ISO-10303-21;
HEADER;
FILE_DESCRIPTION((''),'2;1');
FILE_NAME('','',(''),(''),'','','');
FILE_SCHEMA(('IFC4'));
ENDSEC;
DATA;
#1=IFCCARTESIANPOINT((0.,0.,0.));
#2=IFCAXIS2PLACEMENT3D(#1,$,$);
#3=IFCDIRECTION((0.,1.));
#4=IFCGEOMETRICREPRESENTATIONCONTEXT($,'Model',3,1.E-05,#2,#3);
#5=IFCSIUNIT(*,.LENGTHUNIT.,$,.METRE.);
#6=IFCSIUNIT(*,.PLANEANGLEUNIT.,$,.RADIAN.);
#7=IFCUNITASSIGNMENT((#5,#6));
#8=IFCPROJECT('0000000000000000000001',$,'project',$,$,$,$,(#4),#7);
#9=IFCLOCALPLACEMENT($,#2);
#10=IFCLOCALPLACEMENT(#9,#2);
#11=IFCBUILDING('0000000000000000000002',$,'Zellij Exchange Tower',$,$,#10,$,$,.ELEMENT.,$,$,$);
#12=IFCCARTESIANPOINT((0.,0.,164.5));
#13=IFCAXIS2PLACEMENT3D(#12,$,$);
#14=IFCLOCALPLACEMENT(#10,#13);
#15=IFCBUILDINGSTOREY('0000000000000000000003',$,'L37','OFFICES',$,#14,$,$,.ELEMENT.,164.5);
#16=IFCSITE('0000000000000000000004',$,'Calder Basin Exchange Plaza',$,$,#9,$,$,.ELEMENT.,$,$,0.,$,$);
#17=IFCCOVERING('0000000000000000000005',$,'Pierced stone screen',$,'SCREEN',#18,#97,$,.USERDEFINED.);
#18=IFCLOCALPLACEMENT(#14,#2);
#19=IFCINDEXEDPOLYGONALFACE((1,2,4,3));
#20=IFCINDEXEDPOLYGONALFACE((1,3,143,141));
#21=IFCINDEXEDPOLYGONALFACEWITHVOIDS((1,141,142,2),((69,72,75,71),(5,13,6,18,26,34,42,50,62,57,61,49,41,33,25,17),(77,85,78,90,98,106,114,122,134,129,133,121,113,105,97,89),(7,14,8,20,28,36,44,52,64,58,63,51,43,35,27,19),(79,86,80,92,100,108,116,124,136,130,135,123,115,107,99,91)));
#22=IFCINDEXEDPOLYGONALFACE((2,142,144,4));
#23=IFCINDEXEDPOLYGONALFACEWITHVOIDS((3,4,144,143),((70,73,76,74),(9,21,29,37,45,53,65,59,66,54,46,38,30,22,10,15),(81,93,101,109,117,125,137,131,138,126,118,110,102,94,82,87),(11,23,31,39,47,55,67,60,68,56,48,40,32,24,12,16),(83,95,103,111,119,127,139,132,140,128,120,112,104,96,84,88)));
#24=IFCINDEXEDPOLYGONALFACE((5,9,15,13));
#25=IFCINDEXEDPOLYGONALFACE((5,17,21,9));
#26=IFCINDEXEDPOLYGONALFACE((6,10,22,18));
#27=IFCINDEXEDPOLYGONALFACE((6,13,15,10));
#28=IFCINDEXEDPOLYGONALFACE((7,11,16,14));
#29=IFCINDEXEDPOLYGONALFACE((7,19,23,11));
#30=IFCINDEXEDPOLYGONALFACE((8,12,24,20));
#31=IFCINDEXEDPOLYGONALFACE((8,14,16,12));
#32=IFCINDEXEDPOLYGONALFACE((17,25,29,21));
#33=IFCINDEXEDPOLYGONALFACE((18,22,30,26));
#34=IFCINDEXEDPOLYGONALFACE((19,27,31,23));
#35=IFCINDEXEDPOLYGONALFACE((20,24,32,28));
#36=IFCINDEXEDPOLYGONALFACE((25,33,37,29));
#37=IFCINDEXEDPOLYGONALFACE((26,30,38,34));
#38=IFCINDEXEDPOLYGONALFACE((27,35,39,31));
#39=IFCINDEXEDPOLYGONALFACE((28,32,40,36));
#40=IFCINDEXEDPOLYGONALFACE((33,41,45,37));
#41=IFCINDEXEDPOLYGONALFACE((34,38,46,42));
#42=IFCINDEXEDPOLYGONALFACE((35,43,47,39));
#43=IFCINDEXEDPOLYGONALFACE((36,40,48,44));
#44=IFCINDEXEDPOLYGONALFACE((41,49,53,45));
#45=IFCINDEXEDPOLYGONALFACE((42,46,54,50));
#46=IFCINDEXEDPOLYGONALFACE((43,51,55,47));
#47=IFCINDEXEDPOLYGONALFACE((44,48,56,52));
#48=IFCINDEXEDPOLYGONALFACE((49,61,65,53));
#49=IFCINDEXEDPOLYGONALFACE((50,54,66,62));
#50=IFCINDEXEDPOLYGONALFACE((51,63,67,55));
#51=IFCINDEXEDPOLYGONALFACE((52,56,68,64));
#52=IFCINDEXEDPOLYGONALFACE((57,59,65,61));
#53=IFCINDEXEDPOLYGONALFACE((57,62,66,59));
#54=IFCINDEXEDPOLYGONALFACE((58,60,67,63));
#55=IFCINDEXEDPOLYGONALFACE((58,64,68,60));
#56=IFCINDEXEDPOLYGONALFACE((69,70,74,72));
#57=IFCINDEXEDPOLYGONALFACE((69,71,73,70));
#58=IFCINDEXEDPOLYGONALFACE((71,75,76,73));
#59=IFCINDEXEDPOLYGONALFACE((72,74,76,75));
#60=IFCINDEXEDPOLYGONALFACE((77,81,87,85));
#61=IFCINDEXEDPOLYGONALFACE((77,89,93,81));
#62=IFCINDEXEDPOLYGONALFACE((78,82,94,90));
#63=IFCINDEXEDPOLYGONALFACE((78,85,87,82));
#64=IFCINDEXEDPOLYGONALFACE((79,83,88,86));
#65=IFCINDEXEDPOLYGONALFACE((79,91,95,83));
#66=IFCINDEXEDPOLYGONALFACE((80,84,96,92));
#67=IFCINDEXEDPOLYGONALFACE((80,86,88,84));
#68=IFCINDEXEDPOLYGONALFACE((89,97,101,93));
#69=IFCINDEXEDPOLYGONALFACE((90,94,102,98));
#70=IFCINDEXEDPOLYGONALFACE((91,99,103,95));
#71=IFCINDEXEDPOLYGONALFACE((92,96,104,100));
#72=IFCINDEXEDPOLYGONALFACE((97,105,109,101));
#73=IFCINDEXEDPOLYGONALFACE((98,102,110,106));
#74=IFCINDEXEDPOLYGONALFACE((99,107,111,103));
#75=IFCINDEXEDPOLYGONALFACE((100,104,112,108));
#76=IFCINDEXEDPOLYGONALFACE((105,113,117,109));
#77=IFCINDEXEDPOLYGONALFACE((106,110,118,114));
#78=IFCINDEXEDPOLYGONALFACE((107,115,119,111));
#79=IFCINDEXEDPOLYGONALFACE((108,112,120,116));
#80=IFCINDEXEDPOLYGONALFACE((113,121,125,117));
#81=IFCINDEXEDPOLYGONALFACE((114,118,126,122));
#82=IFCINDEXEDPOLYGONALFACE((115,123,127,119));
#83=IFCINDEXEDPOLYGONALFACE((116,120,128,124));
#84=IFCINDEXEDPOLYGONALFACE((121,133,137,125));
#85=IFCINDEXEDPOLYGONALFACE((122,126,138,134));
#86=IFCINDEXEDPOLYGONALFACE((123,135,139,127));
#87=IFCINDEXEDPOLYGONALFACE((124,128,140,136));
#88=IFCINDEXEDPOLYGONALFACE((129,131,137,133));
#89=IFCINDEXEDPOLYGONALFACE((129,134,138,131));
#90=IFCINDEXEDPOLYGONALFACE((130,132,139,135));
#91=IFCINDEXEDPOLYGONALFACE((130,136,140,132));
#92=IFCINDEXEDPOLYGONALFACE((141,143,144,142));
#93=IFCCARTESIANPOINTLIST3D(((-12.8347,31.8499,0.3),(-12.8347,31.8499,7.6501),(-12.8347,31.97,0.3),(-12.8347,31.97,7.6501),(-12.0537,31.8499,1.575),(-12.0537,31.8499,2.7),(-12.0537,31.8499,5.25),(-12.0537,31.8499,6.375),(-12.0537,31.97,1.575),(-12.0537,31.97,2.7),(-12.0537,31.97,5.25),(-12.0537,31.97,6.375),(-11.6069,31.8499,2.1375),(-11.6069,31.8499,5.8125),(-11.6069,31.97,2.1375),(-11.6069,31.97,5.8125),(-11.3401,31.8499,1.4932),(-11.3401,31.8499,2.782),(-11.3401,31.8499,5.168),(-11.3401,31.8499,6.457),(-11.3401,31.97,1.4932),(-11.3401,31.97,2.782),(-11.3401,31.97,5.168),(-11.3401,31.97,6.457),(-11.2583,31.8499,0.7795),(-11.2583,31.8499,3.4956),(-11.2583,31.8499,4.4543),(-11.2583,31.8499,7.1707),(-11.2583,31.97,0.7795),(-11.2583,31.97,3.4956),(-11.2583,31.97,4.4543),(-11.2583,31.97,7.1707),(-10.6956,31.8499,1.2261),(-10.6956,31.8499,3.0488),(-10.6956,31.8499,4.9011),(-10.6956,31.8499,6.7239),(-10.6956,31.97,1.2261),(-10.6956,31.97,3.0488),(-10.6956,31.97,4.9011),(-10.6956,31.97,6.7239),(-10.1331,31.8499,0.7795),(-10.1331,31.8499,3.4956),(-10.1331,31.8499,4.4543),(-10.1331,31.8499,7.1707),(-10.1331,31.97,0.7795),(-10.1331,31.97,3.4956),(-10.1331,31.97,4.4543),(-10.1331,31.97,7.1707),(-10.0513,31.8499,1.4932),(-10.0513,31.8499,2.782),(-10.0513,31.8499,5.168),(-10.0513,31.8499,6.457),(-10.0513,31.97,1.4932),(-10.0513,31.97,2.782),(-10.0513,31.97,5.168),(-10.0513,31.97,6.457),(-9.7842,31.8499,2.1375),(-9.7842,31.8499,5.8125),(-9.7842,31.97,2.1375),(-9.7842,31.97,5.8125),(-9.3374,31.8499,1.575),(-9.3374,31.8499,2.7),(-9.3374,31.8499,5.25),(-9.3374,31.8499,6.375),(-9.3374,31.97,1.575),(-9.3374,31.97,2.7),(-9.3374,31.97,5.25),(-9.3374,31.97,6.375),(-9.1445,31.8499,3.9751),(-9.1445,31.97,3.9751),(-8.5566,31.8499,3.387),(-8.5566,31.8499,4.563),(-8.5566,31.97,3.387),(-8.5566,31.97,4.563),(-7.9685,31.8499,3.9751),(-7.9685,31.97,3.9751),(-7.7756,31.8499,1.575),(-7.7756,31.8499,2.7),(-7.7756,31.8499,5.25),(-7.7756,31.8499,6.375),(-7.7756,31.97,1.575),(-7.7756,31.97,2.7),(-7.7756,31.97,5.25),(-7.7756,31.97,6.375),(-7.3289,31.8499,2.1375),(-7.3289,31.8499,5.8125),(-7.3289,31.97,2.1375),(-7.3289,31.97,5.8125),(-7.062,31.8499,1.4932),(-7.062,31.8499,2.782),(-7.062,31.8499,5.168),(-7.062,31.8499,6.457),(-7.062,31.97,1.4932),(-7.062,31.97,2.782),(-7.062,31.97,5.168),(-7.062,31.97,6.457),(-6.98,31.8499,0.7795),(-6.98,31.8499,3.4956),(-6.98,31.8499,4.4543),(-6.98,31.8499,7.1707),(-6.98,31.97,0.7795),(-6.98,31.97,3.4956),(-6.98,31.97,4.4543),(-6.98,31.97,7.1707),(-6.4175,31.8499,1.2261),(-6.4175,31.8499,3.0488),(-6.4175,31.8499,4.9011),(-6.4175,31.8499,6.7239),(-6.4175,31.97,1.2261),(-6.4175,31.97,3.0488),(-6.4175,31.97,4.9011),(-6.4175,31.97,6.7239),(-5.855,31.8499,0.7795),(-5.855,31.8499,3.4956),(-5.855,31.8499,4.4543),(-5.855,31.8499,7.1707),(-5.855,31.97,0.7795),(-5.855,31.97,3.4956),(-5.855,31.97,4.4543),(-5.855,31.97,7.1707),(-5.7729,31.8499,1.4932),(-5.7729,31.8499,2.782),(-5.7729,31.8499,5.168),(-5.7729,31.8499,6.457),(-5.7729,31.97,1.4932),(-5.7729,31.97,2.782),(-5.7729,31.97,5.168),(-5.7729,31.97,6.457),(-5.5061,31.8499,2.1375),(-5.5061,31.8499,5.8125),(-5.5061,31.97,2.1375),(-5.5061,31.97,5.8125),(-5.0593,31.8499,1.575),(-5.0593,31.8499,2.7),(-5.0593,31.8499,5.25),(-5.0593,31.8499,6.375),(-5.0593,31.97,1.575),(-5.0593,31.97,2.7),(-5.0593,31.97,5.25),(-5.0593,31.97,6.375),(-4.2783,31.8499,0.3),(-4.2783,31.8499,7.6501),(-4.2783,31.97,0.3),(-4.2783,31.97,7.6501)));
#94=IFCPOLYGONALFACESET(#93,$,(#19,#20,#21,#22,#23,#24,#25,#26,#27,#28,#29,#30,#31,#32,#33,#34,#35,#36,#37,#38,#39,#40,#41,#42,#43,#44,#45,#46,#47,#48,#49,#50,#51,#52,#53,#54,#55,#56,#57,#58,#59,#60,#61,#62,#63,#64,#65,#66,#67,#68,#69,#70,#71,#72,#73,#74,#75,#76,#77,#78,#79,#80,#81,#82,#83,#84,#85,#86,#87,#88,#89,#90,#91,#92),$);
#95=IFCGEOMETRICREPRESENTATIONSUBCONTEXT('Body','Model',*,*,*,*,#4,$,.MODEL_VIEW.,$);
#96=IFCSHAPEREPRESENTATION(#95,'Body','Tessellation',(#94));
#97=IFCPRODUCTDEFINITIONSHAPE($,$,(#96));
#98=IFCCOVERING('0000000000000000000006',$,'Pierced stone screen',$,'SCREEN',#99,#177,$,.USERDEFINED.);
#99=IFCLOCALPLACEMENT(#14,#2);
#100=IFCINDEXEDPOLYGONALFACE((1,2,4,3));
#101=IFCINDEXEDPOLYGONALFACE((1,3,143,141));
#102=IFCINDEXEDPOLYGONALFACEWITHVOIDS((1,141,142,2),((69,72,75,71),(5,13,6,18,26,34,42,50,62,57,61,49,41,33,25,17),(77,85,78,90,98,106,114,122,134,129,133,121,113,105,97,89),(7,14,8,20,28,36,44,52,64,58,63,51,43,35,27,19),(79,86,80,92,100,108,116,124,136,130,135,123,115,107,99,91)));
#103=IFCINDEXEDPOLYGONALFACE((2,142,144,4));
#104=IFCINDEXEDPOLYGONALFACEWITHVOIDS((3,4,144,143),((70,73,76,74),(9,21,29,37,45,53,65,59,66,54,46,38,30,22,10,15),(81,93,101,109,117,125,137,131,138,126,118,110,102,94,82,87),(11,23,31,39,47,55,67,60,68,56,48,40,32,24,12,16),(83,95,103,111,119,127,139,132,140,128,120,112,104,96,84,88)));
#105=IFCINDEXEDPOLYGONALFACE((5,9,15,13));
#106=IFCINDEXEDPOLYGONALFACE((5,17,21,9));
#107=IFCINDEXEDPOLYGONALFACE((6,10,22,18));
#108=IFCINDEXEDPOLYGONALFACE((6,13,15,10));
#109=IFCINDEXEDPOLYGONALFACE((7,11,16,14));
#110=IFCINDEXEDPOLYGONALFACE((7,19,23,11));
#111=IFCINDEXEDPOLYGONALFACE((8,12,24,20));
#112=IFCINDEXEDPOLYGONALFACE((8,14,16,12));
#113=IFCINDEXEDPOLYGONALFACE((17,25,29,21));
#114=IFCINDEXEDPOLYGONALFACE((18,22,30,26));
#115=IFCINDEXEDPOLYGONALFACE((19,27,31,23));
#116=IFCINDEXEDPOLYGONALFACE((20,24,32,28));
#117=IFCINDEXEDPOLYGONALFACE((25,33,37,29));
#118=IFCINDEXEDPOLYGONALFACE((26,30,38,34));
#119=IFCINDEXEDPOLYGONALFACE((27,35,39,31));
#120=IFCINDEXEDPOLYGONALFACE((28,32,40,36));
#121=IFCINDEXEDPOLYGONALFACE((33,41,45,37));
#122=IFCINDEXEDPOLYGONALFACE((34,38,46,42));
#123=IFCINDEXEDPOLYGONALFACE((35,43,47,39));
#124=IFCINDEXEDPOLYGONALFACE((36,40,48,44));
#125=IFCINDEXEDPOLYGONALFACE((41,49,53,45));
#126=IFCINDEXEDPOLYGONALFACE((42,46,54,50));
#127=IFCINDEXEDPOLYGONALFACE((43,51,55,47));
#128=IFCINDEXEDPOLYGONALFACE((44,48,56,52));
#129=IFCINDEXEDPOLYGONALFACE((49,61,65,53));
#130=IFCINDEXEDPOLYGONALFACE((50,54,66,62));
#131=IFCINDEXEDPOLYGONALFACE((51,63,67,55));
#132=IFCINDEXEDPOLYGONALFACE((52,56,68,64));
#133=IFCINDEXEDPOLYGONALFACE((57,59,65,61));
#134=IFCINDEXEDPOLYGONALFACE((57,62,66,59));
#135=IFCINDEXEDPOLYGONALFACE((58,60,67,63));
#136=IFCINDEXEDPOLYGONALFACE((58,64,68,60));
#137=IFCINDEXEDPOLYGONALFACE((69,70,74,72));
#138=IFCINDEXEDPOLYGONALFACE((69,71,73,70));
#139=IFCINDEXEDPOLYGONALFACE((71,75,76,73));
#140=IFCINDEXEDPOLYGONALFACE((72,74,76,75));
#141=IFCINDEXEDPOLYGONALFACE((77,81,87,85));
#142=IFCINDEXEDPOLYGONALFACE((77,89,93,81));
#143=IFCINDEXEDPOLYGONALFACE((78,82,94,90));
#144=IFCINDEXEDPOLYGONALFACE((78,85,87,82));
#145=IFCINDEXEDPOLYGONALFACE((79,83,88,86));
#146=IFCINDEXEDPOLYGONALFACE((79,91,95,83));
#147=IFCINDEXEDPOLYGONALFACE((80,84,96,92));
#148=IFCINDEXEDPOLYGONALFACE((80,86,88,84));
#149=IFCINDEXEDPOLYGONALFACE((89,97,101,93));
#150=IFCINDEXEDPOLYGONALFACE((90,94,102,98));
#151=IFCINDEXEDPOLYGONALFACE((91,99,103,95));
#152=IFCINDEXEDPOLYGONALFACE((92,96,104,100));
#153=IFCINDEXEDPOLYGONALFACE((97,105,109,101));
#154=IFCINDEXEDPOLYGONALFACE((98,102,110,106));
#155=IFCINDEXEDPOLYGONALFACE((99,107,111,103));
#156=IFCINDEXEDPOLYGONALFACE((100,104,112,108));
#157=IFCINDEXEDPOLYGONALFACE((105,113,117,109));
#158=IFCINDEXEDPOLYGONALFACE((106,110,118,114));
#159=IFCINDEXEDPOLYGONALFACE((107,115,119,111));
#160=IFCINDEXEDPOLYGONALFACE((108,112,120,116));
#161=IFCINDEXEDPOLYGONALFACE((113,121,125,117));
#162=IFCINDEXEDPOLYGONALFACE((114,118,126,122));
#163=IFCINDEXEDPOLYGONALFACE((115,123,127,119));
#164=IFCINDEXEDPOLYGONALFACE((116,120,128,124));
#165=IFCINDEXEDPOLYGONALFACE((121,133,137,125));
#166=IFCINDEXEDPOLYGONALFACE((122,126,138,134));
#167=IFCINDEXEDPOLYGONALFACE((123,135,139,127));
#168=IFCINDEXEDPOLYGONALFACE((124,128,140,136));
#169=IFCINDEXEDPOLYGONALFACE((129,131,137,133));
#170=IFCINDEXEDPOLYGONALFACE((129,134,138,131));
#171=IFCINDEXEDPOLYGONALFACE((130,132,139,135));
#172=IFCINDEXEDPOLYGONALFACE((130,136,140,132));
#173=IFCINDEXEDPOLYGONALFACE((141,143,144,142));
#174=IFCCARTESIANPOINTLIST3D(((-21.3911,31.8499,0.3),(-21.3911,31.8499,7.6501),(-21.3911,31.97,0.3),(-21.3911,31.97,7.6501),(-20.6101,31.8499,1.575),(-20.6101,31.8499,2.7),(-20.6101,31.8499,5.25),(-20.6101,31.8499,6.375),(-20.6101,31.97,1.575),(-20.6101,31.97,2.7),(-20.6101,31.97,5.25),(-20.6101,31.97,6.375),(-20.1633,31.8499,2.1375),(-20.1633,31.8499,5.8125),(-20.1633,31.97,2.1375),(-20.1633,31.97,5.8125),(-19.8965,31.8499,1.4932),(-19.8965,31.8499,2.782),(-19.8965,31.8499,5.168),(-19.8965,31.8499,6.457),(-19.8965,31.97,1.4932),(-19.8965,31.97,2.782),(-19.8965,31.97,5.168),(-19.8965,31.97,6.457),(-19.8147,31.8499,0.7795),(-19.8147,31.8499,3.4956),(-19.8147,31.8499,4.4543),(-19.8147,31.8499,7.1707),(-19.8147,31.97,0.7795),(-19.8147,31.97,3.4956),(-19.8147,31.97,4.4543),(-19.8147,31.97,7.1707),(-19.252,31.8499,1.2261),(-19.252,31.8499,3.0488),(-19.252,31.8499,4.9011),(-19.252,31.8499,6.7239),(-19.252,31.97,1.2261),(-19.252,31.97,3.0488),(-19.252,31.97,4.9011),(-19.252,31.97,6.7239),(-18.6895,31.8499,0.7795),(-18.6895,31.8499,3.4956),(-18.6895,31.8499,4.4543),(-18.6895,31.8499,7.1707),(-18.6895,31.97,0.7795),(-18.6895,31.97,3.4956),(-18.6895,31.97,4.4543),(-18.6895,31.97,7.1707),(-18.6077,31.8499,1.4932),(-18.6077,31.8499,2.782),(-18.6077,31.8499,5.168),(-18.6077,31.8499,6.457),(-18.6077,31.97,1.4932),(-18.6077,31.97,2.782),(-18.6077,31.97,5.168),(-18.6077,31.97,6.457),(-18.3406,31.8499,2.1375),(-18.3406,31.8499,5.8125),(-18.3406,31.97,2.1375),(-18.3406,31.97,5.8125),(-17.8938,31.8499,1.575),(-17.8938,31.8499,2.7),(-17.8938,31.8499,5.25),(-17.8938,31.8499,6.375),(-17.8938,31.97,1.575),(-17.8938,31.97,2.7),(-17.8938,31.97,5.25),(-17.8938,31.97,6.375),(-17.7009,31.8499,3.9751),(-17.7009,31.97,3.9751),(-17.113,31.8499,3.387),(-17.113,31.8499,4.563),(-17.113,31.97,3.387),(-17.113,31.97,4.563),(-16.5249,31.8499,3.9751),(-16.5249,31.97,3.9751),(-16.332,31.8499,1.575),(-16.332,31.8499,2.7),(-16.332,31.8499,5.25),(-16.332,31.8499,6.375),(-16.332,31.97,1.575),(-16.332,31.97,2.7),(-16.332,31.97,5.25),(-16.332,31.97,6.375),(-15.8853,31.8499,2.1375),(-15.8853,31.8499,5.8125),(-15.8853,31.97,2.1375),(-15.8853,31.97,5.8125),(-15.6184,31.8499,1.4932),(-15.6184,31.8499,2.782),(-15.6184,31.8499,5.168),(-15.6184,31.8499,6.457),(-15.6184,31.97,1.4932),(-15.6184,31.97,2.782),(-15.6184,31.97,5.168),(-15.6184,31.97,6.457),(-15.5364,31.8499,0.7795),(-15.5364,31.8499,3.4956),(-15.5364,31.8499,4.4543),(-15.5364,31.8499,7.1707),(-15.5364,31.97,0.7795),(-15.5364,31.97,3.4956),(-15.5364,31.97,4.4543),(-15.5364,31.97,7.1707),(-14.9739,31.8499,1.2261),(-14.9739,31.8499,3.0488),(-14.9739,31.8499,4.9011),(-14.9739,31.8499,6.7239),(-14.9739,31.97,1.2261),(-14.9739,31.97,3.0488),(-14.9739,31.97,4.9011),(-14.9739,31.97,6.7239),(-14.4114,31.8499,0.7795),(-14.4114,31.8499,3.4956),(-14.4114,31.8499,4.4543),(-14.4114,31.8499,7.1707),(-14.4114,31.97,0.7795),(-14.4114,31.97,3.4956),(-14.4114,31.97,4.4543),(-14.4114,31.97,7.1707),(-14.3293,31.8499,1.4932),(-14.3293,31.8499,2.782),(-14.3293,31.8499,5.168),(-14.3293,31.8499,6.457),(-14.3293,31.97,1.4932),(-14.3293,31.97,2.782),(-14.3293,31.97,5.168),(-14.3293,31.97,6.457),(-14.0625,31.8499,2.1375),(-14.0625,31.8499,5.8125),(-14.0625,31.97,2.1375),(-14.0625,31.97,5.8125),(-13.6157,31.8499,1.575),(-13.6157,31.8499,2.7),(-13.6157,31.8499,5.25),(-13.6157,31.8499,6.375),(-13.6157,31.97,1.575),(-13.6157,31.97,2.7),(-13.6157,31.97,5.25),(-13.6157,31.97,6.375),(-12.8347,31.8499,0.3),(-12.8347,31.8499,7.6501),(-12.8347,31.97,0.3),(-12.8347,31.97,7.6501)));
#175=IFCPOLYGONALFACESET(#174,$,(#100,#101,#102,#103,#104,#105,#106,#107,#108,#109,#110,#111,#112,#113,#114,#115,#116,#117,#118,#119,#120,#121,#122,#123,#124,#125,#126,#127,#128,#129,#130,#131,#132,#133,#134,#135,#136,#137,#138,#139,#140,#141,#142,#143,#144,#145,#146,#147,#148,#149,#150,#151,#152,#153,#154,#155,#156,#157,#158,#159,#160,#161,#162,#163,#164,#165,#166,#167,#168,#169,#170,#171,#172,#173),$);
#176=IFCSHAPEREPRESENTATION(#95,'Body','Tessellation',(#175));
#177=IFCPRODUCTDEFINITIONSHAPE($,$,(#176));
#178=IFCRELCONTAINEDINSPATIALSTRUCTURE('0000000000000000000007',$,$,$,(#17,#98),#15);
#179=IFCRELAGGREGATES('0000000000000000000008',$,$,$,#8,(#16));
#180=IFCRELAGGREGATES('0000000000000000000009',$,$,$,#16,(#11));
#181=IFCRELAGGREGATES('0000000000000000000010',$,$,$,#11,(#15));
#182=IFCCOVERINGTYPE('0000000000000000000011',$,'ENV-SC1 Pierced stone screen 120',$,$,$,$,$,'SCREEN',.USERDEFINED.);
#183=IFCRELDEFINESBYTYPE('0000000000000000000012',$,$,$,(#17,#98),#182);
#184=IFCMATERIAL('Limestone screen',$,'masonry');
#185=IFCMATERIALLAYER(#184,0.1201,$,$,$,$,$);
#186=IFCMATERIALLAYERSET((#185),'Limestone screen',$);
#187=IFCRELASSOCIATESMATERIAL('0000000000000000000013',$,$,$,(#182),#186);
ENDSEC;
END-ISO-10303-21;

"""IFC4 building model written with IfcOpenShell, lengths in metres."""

from ifc_helpers import new_model, si_unit, direction, frame, origin, place, context, subcontext, project, spatial, polyline, outline, extrude, material, layer, layer_set, type_object, element, save


model = new_model("IFC4")

# Units and contexts
model_context = context("Model", 3, precision=1e-05, world=origin(), true_north=direction((0.0, 1.0)))
body_context = subcontext(model_context, "Body", "Model", "MODEL_VIEW")
ifc_project = project(units=[si_unit("LENGTHUNIT", "METRE"), si_unit("PLANEANGLEUNIT", "RADIAN")], contexts=[model_context])

# Site, building, storey
site_placement = place(None, origin())
site = spatial("IfcSite", under=ifc_project, at=site_placement, Name="Calder Basin Exchange Plaza", CompositionType="ELEMENT", RefElevation=0.0)
building_placement = place(site_placement, origin())
building = spatial("IfcBuilding", under=site, at=building_placement, Name="Zellij Exchange Tower", CompositionType="ELEMENT")
storey_placement = place(building_placement, frame((0.0, 0.0, 164.5)))
storey = spatial("IfcBuildingStorey", under=building, at=storey_placement, Name="L37", Description="OFFICES", CompositionType="ELEMENT", Elevation=164.5)

# Coverings
ifc_material_1 = material(Name="Limestone screen", Category="masonry")
ifc_layer_1 = layer(ifc_material_1, 0.1201)
ifc_layer_set_1 = layer_set([ifc_layer_1], Name="Limestone screen")
covering_type = type_object("IfcCoveringType", Name="ENV-SC1 Pierced stone screen 120", ElementType="SCREEN", PredefinedType="USERDEFINED", material=ifc_layer_set_1)
covering_1_placement = place(storey_placement, frame((-4.2783, 31.9099, 0.3), z_axis=(0.0, 0.0, 1.0), x_axis=(-1.0, 0.0, 0.0)))
element("IfcCovering", 1, at=covering_1_placement, inside=storey, type_object=covering_type, Name="Pierced stone screen", ObjectType="SCREEN", PredefinedType="USERDEFINED", context=body_context, shape_type="SweptSolid", body=[
    extrude(outline(polyline([(0.0, 0.0), (8.5564, 0.0), (8.5564, 7.3501), (0.0, 7.3501), (0.0, 0.0)]), holes=[polyline([(3.4973, 2.3999), (2.7837, 2.4819), (2.7017, 3.1956), (2.1392, 2.7488), (1.5767, 3.1956), (1.4946, 2.4819), (0.781, 2.3999), (1.2278, 1.8374), (0.781, 1.2749), (1.4946, 1.1931), (1.5767, 0.4795), (2.1392, 0.926), (2.7017, 0.4795), (2.7837, 1.1931), (3.4973, 1.2749), (3.0505, 1.8374), (3.4973, 2.3999)]), polyline([(3.4973, 6.075), (2.7837, 6.157), (2.7017, 6.8706), (2.1392, 6.4238), (1.5767, 6.8706), (1.4946, 6.157), (0.781, 6.075), (1.2278, 5.5125), (0.781, 4.95), (1.4946, 4.8679), (1.5767, 4.1543), (2.1392, 4.6011), (2.7017, 4.1543), (2.7837, 4.8679), (3.4973, 4.95), (3.0505, 5.5125), (3.4973, 6.075)]), polyline([(7.7754, 2.3999), (7.0618, 2.4819), (6.98, 3.1956), (6.4172, 2.7488), (5.8547, 3.1956), (5.7729, 2.4819), (5.0591, 2.3999), (5.5059, 1.8374), (5.0591, 1.2749), (5.7729, 1.1931), (5.8547, 0.4795), (6.4172, 0.926), (6.98, 0.4795), (7.0618, 1.1931), (7.7754, 1.2749), (7.3286, 1.8374), (7.7754, 2.3999)]), polyline([(7.7754, 6.075), (7.0618, 6.157), (6.98, 6.8706), (6.4172, 6.4238), (5.8547, 6.8706), (5.7729, 6.157), (5.0591, 6.075), (5.5059, 5.5125), (5.0591, 4.95), (5.7729, 4.8679), (5.8547, 4.1543), (6.4172, 4.6011), (6.98, 4.1543), (7.0618, 4.8679), (7.7754, 4.95), (7.3286, 5.5125), (7.7754, 6.075)]), polyline([(4.8662, 3.675), (4.2783, 4.2629), (3.6902, 3.675), (4.2783, 3.0869), (4.8662, 3.675)])]), frame((0.0, 0.0601, 0.0), z_axis=(0.0, -1.0, 0.0), x_axis=(1.0, 0.0, 0.0)), (0.0, 0.0, 1.0), 0.1201),
])
covering_2_placement = place(storey_placement, frame((-12.8347, 31.9099, 0.3), z_axis=(0.0, 0.0, 1.0), x_axis=(-1.0, 0.0, 0.0)))
element("IfcCovering", 2, at=covering_2_placement, inside=storey, type_object=covering_type, Name="Pierced stone screen", ObjectType="SCREEN", PredefinedType="USERDEFINED", context=body_context, shape_type="SweptSolid", body=[
    extrude(outline(polyline([(0.0, 0.0), (8.5564, 0.0), (8.5564, 7.3501), (0.0, 7.3501), (0.0, 0.0)]), holes=[polyline([(3.4973, 2.3999), (2.7837, 2.4819), (2.7017, 3.1956), (2.1392, 2.7488), (1.5767, 3.1956), (1.4946, 2.4819), (0.781, 2.3999), (1.2278, 1.8374), (0.781, 1.2749), (1.4946, 1.1931), (1.5767, 0.4795), (2.1392, 0.926), (2.7017, 0.4795), (2.7837, 1.1931), (3.4973, 1.2749), (3.0505, 1.8374), (3.4973, 2.3999)]), polyline([(3.4973, 6.075), (2.7837, 6.157), (2.7017, 6.8706), (2.1392, 6.4238), (1.5767, 6.8706), (1.4946, 6.157), (0.781, 6.075), (1.2278, 5.5125), (0.781, 4.95), (1.4946, 4.8679), (1.5767, 4.1543), (2.1392, 4.6011), (2.7017, 4.1543), (2.7837, 4.8679), (3.4973, 4.95), (3.0505, 5.5125), (3.4973, 6.075)]), polyline([(7.7754, 2.3999), (7.0618, 2.4819), (6.98, 3.1956), (6.4172, 2.7488), (5.8547, 3.1956), (5.7729, 2.4819), (5.0591, 2.3999), (5.5059, 1.8374), (5.0591, 1.2749), (5.7729, 1.1931), (5.8547, 0.4795), (6.4172, 0.926), (6.98, 0.4795), (7.0618, 1.1931), (7.7754, 1.2749), (7.3286, 1.8374), (7.7754, 2.3999)]), polyline([(7.7754, 6.075), (7.0618, 6.157), (6.98, 6.8706), (6.4172, 6.4238), (5.8547, 6.8706), (5.7729, 6.157), (5.0591, 6.075), (5.5059, 5.5125), (5.0591, 4.95), (5.7729, 4.8679), (5.8547, 4.1543), (6.4172, 4.6011), (6.98, 4.1543), (7.0618, 4.8679), (7.7754, 4.95), (7.3286, 5.5125), (7.7754, 6.075)]), polyline([(4.8662, 3.675), (4.2783, 4.2629), (3.6902, 3.675), (4.2783, 3.0869), (4.8662, 3.675)])]), frame((0.0, 0.0601, 0.0), z_axis=(0.0, -1.0, 0.0), x_axis=(1.0, 0.0, 0.0)), (0.0, 0.0, 1.0), 0.1201),
])

save(model, "model.ifc")
